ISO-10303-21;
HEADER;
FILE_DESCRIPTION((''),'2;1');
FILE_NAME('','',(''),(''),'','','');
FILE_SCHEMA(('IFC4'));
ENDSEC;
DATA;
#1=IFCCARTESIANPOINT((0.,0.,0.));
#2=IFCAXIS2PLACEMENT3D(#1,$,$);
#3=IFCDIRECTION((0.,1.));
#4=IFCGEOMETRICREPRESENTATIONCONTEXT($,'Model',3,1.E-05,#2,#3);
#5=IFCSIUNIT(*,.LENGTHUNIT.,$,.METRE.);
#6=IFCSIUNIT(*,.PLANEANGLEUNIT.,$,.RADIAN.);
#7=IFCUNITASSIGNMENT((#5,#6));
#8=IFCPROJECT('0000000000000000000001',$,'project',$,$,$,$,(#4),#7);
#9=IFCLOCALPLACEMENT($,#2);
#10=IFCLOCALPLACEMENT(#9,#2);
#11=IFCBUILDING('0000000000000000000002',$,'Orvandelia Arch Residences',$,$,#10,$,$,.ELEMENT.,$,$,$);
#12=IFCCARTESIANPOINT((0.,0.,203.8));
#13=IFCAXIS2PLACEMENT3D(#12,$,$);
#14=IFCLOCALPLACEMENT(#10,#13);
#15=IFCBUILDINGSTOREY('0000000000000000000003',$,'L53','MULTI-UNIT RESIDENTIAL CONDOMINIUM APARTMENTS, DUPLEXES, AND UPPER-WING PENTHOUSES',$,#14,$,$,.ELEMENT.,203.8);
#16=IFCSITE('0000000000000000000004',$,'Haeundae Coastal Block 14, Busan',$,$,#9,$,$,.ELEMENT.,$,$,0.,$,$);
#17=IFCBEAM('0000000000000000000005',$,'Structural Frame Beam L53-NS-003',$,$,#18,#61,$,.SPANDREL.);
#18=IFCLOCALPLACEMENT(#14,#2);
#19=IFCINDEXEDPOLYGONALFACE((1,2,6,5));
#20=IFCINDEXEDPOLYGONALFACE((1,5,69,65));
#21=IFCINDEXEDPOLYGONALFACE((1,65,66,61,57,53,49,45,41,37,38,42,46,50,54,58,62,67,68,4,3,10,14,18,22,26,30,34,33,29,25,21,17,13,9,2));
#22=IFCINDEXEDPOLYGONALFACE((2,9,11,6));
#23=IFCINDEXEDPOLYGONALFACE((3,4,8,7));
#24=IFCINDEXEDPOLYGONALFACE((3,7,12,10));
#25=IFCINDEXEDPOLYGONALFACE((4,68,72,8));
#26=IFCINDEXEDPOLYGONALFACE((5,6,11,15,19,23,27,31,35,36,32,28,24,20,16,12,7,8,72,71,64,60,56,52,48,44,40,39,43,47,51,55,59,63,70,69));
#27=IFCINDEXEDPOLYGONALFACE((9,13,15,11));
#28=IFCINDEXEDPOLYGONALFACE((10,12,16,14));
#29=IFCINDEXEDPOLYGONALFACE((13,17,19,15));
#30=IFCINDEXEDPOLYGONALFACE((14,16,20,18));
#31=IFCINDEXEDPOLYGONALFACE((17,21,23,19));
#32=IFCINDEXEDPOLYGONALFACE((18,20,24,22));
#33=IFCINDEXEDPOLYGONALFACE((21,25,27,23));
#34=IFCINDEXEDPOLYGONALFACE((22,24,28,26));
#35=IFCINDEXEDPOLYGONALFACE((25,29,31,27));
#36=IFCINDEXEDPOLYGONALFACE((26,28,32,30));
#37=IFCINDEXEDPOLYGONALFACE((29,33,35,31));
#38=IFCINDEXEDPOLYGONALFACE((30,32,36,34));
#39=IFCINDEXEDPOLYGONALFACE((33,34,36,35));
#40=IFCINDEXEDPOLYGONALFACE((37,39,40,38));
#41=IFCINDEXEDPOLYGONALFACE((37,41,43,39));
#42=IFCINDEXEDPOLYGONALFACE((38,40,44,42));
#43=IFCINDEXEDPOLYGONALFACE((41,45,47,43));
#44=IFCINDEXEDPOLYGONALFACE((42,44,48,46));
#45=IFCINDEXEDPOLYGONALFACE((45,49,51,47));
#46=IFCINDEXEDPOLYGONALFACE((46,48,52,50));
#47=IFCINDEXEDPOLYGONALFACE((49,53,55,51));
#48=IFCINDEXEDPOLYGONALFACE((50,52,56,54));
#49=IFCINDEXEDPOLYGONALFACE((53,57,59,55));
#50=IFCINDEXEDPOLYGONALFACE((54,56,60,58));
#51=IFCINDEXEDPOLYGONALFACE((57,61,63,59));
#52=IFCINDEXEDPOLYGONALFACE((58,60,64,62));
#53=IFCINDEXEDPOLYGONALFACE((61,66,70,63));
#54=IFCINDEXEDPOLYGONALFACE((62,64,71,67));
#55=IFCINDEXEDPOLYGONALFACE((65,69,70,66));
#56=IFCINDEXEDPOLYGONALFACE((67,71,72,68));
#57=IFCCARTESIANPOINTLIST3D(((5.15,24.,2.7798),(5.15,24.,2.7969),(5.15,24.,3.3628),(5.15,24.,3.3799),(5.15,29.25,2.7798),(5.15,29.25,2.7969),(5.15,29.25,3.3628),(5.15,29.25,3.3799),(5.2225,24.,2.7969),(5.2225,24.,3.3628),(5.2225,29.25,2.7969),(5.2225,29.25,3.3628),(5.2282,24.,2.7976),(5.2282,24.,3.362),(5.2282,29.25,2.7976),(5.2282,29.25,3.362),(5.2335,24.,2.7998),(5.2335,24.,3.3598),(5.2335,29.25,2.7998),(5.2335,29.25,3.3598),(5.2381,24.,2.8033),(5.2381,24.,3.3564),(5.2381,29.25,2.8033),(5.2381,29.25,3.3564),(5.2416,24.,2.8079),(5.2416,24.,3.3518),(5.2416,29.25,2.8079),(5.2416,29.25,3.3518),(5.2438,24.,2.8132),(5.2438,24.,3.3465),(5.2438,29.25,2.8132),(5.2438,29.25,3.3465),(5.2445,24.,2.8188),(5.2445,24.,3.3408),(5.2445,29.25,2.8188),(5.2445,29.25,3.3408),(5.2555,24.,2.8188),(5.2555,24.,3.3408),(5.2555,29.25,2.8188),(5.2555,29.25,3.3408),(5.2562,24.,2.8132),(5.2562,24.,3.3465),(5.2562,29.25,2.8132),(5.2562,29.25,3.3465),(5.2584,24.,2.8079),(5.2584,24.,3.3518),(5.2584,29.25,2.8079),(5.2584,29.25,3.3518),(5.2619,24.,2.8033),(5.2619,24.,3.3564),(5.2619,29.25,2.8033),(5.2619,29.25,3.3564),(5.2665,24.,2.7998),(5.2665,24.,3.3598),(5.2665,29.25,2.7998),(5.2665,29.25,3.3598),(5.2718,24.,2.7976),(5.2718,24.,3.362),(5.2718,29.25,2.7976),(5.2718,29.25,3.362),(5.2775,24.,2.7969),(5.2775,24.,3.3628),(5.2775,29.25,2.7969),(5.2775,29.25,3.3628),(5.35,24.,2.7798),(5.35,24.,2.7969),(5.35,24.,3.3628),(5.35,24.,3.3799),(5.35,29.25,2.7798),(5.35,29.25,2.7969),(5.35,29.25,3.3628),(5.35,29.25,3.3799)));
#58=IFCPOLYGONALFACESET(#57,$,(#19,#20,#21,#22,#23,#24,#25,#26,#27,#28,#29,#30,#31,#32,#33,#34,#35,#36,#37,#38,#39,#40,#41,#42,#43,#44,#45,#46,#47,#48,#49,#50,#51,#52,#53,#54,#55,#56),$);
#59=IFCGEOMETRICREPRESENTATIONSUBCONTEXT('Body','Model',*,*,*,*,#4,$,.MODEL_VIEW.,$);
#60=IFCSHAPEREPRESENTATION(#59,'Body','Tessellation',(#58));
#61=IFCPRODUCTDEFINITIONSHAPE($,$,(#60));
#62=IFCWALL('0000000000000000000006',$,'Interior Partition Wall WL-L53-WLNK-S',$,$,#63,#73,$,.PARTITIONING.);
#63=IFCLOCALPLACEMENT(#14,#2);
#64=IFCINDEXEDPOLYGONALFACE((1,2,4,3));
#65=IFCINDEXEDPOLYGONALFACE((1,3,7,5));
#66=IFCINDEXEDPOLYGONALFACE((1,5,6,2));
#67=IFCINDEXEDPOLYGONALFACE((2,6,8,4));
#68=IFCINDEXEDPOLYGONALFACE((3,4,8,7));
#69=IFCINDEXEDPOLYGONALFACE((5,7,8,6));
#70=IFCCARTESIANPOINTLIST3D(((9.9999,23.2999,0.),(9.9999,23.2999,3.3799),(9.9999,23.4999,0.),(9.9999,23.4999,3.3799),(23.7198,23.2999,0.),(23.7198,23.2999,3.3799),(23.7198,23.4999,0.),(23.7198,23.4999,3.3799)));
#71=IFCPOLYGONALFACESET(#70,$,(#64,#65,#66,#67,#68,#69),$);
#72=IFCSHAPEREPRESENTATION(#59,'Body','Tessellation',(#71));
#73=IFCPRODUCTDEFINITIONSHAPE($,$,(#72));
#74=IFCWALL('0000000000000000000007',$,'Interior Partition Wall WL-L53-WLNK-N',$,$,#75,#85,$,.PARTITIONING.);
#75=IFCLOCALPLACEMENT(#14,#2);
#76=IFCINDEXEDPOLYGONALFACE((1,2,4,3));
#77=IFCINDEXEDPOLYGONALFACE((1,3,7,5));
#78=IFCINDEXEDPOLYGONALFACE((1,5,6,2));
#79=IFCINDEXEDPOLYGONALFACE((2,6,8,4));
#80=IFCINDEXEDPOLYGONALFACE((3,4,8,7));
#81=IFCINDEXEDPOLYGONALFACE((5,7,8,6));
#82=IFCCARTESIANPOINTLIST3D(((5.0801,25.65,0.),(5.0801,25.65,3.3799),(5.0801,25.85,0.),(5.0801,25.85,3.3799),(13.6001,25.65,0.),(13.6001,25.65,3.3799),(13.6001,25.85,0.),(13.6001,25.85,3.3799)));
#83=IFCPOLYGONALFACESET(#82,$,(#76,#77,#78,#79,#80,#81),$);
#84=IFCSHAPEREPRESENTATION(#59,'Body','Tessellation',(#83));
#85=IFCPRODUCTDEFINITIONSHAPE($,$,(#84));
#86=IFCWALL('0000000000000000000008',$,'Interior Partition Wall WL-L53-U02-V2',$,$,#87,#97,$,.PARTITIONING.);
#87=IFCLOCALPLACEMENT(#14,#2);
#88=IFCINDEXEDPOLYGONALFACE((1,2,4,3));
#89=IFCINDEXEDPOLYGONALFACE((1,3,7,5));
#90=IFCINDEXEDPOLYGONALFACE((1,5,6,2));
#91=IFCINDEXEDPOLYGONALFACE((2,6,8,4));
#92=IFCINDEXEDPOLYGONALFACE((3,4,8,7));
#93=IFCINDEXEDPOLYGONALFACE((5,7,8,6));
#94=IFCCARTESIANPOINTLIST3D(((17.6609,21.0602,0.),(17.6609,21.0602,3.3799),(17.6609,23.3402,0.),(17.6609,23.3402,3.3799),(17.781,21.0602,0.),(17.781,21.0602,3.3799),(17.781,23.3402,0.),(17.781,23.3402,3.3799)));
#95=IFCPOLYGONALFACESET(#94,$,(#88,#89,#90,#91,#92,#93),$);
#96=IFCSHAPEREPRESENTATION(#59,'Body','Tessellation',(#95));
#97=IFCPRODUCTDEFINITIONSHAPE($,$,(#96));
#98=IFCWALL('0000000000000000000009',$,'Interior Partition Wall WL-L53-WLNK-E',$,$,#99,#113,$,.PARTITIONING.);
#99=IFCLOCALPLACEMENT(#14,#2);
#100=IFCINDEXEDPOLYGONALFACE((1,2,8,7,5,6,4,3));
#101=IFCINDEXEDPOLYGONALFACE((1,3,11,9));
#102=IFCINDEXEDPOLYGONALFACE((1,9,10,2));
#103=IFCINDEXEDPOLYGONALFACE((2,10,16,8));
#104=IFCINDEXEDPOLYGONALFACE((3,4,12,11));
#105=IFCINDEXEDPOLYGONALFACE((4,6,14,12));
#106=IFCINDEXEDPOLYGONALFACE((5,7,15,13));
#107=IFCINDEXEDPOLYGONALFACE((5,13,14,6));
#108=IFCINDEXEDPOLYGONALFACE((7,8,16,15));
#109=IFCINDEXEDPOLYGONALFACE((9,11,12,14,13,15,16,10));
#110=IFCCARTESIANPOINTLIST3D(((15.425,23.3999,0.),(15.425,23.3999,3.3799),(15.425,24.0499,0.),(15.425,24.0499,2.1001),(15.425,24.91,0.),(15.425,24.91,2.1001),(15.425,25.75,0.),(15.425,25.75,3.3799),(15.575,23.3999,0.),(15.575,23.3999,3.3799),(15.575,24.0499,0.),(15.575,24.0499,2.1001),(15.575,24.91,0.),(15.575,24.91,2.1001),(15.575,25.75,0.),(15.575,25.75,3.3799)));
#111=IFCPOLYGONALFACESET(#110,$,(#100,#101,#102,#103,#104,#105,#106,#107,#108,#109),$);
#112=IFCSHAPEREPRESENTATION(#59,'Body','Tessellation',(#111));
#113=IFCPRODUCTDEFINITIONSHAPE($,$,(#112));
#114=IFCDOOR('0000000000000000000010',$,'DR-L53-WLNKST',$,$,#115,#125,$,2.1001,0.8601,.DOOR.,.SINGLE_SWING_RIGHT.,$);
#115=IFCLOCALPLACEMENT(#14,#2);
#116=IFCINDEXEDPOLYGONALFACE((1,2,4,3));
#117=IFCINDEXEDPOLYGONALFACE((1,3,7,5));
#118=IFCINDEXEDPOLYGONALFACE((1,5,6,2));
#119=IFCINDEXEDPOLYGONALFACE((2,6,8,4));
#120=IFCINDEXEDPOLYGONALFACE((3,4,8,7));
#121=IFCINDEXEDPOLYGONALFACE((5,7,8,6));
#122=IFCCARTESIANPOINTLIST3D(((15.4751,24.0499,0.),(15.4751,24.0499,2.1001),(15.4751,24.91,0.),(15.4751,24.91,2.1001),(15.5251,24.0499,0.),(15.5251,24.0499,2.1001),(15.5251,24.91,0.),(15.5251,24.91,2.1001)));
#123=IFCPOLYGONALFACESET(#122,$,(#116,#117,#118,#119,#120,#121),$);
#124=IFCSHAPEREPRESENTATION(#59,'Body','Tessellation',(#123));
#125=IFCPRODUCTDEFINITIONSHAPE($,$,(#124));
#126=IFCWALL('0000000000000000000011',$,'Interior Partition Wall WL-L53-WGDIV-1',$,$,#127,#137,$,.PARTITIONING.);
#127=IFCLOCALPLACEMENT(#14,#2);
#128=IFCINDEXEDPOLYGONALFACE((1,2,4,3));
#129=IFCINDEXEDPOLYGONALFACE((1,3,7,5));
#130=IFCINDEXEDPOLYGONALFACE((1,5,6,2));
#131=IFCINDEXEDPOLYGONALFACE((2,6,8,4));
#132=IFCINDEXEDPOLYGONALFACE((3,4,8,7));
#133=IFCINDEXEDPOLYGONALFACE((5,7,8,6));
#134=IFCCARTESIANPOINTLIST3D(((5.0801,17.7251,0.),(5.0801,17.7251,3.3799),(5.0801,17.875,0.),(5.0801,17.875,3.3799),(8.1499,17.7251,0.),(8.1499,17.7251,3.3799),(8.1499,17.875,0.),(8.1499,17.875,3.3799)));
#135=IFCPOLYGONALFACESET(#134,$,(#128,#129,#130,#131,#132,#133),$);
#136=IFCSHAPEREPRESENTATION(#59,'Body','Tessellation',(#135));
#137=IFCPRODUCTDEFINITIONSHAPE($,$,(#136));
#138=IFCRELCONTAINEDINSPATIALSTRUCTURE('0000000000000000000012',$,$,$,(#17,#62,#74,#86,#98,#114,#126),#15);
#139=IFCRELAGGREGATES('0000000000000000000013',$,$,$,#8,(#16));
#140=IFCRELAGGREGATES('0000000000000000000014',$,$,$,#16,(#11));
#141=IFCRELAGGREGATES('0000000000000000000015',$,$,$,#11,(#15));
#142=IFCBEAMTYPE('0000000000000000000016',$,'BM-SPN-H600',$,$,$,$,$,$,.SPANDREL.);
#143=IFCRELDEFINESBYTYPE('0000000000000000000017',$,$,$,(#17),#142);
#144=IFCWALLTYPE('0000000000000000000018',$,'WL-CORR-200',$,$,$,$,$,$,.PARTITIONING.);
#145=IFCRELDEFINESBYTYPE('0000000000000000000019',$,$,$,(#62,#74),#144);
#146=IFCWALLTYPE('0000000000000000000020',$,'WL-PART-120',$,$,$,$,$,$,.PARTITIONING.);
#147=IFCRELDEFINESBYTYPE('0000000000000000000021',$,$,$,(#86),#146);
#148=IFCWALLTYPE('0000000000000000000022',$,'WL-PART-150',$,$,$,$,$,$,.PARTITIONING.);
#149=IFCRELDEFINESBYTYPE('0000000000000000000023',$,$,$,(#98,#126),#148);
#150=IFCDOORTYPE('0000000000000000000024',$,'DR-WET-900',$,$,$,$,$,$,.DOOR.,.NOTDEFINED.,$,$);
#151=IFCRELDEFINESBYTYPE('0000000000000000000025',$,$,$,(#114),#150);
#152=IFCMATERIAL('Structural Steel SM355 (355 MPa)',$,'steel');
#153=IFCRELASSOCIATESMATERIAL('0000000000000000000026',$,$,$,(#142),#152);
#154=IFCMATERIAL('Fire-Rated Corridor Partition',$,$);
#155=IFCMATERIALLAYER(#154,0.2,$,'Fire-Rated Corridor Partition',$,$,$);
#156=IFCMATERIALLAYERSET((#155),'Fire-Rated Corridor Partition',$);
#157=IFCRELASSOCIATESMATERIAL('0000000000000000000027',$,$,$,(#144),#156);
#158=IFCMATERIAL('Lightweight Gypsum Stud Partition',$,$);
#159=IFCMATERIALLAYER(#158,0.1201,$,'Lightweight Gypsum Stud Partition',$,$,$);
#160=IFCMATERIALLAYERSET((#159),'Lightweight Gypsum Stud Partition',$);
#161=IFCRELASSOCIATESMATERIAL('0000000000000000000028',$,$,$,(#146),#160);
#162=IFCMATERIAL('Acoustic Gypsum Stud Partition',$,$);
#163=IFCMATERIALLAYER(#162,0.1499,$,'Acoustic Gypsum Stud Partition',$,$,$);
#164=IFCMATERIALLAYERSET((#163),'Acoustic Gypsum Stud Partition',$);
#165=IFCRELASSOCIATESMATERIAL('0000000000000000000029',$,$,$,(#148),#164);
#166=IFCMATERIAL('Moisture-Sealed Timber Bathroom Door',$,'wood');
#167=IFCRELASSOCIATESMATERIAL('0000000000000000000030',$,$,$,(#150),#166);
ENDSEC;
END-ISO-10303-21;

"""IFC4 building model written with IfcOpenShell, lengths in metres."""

from ifc_helpers import new_model, si_unit, direction, frame, frame_2d, origin, origin_2d, place, context, subcontext, project, spatial, rectangle, i_section, extrude, material, layer, layer_set, material_profile, profile_set, type_object, element, fill, save


model = new_model("IFC4")

# Units and contexts
model_context = context("Model", 3, precision=1e-05, world=origin(), true_north=direction((0.0, 1.0)))
body_context = subcontext(model_context, "Body", "Model", "MODEL_VIEW")
ifc_project = project(units=[si_unit("LENGTHUNIT", "METRE"), si_unit("PLANEANGLEUNIT", "RADIAN")], contexts=[model_context])

# Site, building, storey
site_placement = place(None, origin())
site = spatial("IfcSite", under=ifc_project, at=site_placement, Name="Haeundae Coastal Block 14, Busan", CompositionType="ELEMENT", RefElevation=0.0)
building_placement = place(site_placement, origin())
building = spatial("IfcBuilding", under=site, at=building_placement, Name="Orvandelia Arch Residences", CompositionType="ELEMENT")
storey_placement = place(building_placement, frame((0.0, 0.0, 203.8)))
storey = spatial("IfcBuildingStorey", under=building, at=storey_placement, Name="L53", Description="MULTI-UNIT RESIDENTIAL CONDOMINIUM APARTMENTS, DUPLEXES, AND UPPER-WING PENTHOUSES", CompositionType="ELEMENT", Elevation=203.8)

# Beam
ifc_material_1 = material(Name="Structural Steel SM355 (355 MPa)", Category="steel")
ifc_material_profile_1 = material_profile(ifc_material_1, i_section(OverallWidth=0.2, OverallDepth=0.6001, WebThickness=0.011, FlangeThickness=0.0171, FilletRadius=0.022, at=origin_2d()), Name="Structural Steel SM355 (355 MPa)", Category="steel")
ifc_profile_set_1 = profile_set([ifc_material_profile_1], Name="Structural Steel SM355 (355 MPa)")
beam_type_1 = type_object("IfcBeamType", Name="BM-SPN-H600", PredefinedType="SPANDREL", material=ifc_profile_set_1)
beam_1_placement = place(storey_placement, frame((5.25, 24.0, 3.0798), z_axis=(0.0, 1.0, 0.0), x_axis=(-1.0, 0.0, 0.0)))
element("IfcBeam", 1, at=beam_1_placement, inside=storey, type_object=beam_type_1, Name="Structural Frame Beam L53-NS-003", PredefinedType="SPANDREL", context=body_context, shape_type="SweptSolid", body=[
    extrude(i_section(OverallWidth=0.2, OverallDepth=0.6001, WebThickness=0.011, FlangeThickness=0.0171, FilletRadius=0.022, at=origin_2d()), origin(), (0.0, 0.0, 1.0), 5.25),
])

# Walls
ifc_material_2 = material(Name="Fire-Rated Corridor Partition")
ifc_layer_1 = layer(ifc_material_2, 0.2, Name="Fire-Rated Corridor Partition")
ifc_layer_set_1 = layer_set([ifc_layer_1], Name="Fire-Rated Corridor Partition")
wall_type_1 = type_object("IfcWallType", Name="WL-CORR-200", PredefinedType="PARTITIONING", material=ifc_layer_set_1)
wall_1_placement = place(storey_placement, frame((10.0, 23.3999, 0.0), z_axis=(0.0, 0.0, 1.0), x_axis=(1.0, 0.0, 0.0)))
element("IfcWall", 2, at=wall_1_placement, inside=storey, type_object=wall_type_1, Name="Interior Partition Wall WL-L53-WLNK-S", PredefinedType="PARTITIONING", context=body_context, shape_type="SweptSolid", body=[
    extrude(rectangle(XDim=13.72, YDim=0.2, at=frame_2d((6.8599, 0.0))), origin(), (0.0, 0.0, 1.0), 3.3799),
])
wall_2_placement = place(storey_placement, frame((5.0801, 25.75, 0.0), z_axis=(0.0, 0.0, 1.0), x_axis=(1.0, 0.0, 0.0)))
element("IfcWall", 3, at=wall_2_placement, inside=storey, type_object=wall_type_1, Name="Interior Partition Wall WL-L53-WLNK-N", PredefinedType="PARTITIONING", context=body_context, shape_type="SweptSolid", body=[
    extrude(rectangle(XDim=8.52, YDim=0.2, at=frame_2d((4.26, 0.0))), origin(), (0.0, 0.0, 1.0), 3.3799),
])
ifc_material_3 = material(Name="Lightweight Gypsum Stud Partition")
ifc_layer_2 = layer(ifc_material_3, 0.1201, Name="Lightweight Gypsum Stud Partition")
ifc_layer_set_2 = layer_set([ifc_layer_2], Name="Lightweight Gypsum Stud Partition")
wall_type_2 = type_object("IfcWallType", Name="WL-PART-120", PredefinedType="PARTITIONING", material=ifc_layer_set_2)
wall_3_placement = place(storey_placement, frame((17.7209, 21.0601, 0.0), z_axis=(0.0, 0.0, 1.0), x_axis=(0.0, 1.0, 0.0)))
element("IfcWall", 4, at=wall_3_placement, inside=storey, type_object=wall_type_2, Name="Interior Partition Wall WL-L53-U02-V2", PredefinedType="PARTITIONING", context=body_context, shape_type="SweptSolid", body=[
    extrude(rectangle(XDim=2.28, YDim=0.1201, at=frame_2d((1.1401, 0.0))), origin(), (0.0, 0.0, 1.0), 3.3799),
])

# Wall, opening, door
ifc_material_4 = material(Name="Acoustic Gypsum Stud Partition")
ifc_layer_3 = layer(ifc_material_4, 0.1499, Name="Acoustic Gypsum Stud Partition")
ifc_layer_set_3 = layer_set([ifc_layer_3], Name="Acoustic Gypsum Stud Partition")
wall_type_3 = type_object("IfcWallType", Name="WL-PART-150", PredefinedType="PARTITIONING", material=ifc_layer_set_3)
wall_4_placement = place(storey_placement, frame((15.5, 23.3999, 0.0), z_axis=(0.0, 0.0, 1.0), x_axis=(0.0, 1.0, 0.0)))
wall_4 = element("IfcWall", 5, at=wall_4_placement, inside=storey, type_object=wall_type_3, Name="Interior Partition Wall WL-L53-WLNK-E", PredefinedType="PARTITIONING", context=body_context, shape_type="SweptSolid", body=[
    extrude(rectangle(XDim=2.3501, YDim=0.1499, at=frame_2d((1.175, 0.0))), origin(), (0.0, 0.0, 1.0), 3.3799),
])
opening_1_placement = place(wall_4_placement, frame((0.6499, 0.0, 0.0)))
opening_1 = element("IfcOpeningElement", 6, at=opening_1_placement, cuts=wall_4, PredefinedType="OPENING", context=body_context, shape_type="SweptSolid", body=[
    extrude(rectangle(XDim=0.8601, YDim=2.1001, at=frame_2d((0.4302, 1.05))), frame((0.0, 0.085, 0.0), z_axis=(0.0, -1.0, 0.0), x_axis=(1.0, 0.0, 0.0)), (0.0, 0.0, 1.0), 0.1699),
])
ifc_material_5 = material(Name="Moisture-Sealed Timber Bathroom Door", Category="wood")
door_type_1 = type_object("IfcDoorType", Name="DR-WET-900", OperationType="NOTDEFINED", PredefinedType="DOOR", material=ifc_material_5)
door_1_placement = place(opening_1_placement, origin())
door_1 = element("IfcDoor", 7, at=door_1_placement, inside=storey, type_object=door_type_1, Name="DR-L53-WLNKST", OperationType="SINGLE_SWING_RIGHT", OverallHeight=2.1001, OverallWidth=0.8601, PredefinedType="DOOR", context=body_context, shape_type="SweptSolid", body=[
    extrude(rectangle(XDim=0.8601, YDim=2.1001, at=frame_2d((0.4302, 1.05))), frame((0.0, 0.0249, 0.0), z_axis=(0.0, -1.0, 0.0), x_axis=(1.0, 0.0, 0.0)), (0.0, 0.0, 1.0), 0.05),
])
fill(opening_1, door_1)

# Wall
wall_5_placement = place(storey_placement, frame((5.0801, 17.8, 0.0), z_axis=(0.0, 0.0, 1.0), x_axis=(1.0, 0.0, 0.0)))
element("IfcWall", 8, at=wall_5_placement, inside=storey, type_object=wall_type_3, Name="Interior Partition Wall WL-L53-WGDIV-1", PredefinedType="PARTITIONING", context=body_context, shape_type="SweptSolid", body=[
    extrude(rectangle(XDim=3.0698, YDim=0.1499, at=frame_2d((1.5349, 0.0))), origin(), (0.0, 0.0, 1.0), 3.3799),
])

save(model, "model.ifc")
